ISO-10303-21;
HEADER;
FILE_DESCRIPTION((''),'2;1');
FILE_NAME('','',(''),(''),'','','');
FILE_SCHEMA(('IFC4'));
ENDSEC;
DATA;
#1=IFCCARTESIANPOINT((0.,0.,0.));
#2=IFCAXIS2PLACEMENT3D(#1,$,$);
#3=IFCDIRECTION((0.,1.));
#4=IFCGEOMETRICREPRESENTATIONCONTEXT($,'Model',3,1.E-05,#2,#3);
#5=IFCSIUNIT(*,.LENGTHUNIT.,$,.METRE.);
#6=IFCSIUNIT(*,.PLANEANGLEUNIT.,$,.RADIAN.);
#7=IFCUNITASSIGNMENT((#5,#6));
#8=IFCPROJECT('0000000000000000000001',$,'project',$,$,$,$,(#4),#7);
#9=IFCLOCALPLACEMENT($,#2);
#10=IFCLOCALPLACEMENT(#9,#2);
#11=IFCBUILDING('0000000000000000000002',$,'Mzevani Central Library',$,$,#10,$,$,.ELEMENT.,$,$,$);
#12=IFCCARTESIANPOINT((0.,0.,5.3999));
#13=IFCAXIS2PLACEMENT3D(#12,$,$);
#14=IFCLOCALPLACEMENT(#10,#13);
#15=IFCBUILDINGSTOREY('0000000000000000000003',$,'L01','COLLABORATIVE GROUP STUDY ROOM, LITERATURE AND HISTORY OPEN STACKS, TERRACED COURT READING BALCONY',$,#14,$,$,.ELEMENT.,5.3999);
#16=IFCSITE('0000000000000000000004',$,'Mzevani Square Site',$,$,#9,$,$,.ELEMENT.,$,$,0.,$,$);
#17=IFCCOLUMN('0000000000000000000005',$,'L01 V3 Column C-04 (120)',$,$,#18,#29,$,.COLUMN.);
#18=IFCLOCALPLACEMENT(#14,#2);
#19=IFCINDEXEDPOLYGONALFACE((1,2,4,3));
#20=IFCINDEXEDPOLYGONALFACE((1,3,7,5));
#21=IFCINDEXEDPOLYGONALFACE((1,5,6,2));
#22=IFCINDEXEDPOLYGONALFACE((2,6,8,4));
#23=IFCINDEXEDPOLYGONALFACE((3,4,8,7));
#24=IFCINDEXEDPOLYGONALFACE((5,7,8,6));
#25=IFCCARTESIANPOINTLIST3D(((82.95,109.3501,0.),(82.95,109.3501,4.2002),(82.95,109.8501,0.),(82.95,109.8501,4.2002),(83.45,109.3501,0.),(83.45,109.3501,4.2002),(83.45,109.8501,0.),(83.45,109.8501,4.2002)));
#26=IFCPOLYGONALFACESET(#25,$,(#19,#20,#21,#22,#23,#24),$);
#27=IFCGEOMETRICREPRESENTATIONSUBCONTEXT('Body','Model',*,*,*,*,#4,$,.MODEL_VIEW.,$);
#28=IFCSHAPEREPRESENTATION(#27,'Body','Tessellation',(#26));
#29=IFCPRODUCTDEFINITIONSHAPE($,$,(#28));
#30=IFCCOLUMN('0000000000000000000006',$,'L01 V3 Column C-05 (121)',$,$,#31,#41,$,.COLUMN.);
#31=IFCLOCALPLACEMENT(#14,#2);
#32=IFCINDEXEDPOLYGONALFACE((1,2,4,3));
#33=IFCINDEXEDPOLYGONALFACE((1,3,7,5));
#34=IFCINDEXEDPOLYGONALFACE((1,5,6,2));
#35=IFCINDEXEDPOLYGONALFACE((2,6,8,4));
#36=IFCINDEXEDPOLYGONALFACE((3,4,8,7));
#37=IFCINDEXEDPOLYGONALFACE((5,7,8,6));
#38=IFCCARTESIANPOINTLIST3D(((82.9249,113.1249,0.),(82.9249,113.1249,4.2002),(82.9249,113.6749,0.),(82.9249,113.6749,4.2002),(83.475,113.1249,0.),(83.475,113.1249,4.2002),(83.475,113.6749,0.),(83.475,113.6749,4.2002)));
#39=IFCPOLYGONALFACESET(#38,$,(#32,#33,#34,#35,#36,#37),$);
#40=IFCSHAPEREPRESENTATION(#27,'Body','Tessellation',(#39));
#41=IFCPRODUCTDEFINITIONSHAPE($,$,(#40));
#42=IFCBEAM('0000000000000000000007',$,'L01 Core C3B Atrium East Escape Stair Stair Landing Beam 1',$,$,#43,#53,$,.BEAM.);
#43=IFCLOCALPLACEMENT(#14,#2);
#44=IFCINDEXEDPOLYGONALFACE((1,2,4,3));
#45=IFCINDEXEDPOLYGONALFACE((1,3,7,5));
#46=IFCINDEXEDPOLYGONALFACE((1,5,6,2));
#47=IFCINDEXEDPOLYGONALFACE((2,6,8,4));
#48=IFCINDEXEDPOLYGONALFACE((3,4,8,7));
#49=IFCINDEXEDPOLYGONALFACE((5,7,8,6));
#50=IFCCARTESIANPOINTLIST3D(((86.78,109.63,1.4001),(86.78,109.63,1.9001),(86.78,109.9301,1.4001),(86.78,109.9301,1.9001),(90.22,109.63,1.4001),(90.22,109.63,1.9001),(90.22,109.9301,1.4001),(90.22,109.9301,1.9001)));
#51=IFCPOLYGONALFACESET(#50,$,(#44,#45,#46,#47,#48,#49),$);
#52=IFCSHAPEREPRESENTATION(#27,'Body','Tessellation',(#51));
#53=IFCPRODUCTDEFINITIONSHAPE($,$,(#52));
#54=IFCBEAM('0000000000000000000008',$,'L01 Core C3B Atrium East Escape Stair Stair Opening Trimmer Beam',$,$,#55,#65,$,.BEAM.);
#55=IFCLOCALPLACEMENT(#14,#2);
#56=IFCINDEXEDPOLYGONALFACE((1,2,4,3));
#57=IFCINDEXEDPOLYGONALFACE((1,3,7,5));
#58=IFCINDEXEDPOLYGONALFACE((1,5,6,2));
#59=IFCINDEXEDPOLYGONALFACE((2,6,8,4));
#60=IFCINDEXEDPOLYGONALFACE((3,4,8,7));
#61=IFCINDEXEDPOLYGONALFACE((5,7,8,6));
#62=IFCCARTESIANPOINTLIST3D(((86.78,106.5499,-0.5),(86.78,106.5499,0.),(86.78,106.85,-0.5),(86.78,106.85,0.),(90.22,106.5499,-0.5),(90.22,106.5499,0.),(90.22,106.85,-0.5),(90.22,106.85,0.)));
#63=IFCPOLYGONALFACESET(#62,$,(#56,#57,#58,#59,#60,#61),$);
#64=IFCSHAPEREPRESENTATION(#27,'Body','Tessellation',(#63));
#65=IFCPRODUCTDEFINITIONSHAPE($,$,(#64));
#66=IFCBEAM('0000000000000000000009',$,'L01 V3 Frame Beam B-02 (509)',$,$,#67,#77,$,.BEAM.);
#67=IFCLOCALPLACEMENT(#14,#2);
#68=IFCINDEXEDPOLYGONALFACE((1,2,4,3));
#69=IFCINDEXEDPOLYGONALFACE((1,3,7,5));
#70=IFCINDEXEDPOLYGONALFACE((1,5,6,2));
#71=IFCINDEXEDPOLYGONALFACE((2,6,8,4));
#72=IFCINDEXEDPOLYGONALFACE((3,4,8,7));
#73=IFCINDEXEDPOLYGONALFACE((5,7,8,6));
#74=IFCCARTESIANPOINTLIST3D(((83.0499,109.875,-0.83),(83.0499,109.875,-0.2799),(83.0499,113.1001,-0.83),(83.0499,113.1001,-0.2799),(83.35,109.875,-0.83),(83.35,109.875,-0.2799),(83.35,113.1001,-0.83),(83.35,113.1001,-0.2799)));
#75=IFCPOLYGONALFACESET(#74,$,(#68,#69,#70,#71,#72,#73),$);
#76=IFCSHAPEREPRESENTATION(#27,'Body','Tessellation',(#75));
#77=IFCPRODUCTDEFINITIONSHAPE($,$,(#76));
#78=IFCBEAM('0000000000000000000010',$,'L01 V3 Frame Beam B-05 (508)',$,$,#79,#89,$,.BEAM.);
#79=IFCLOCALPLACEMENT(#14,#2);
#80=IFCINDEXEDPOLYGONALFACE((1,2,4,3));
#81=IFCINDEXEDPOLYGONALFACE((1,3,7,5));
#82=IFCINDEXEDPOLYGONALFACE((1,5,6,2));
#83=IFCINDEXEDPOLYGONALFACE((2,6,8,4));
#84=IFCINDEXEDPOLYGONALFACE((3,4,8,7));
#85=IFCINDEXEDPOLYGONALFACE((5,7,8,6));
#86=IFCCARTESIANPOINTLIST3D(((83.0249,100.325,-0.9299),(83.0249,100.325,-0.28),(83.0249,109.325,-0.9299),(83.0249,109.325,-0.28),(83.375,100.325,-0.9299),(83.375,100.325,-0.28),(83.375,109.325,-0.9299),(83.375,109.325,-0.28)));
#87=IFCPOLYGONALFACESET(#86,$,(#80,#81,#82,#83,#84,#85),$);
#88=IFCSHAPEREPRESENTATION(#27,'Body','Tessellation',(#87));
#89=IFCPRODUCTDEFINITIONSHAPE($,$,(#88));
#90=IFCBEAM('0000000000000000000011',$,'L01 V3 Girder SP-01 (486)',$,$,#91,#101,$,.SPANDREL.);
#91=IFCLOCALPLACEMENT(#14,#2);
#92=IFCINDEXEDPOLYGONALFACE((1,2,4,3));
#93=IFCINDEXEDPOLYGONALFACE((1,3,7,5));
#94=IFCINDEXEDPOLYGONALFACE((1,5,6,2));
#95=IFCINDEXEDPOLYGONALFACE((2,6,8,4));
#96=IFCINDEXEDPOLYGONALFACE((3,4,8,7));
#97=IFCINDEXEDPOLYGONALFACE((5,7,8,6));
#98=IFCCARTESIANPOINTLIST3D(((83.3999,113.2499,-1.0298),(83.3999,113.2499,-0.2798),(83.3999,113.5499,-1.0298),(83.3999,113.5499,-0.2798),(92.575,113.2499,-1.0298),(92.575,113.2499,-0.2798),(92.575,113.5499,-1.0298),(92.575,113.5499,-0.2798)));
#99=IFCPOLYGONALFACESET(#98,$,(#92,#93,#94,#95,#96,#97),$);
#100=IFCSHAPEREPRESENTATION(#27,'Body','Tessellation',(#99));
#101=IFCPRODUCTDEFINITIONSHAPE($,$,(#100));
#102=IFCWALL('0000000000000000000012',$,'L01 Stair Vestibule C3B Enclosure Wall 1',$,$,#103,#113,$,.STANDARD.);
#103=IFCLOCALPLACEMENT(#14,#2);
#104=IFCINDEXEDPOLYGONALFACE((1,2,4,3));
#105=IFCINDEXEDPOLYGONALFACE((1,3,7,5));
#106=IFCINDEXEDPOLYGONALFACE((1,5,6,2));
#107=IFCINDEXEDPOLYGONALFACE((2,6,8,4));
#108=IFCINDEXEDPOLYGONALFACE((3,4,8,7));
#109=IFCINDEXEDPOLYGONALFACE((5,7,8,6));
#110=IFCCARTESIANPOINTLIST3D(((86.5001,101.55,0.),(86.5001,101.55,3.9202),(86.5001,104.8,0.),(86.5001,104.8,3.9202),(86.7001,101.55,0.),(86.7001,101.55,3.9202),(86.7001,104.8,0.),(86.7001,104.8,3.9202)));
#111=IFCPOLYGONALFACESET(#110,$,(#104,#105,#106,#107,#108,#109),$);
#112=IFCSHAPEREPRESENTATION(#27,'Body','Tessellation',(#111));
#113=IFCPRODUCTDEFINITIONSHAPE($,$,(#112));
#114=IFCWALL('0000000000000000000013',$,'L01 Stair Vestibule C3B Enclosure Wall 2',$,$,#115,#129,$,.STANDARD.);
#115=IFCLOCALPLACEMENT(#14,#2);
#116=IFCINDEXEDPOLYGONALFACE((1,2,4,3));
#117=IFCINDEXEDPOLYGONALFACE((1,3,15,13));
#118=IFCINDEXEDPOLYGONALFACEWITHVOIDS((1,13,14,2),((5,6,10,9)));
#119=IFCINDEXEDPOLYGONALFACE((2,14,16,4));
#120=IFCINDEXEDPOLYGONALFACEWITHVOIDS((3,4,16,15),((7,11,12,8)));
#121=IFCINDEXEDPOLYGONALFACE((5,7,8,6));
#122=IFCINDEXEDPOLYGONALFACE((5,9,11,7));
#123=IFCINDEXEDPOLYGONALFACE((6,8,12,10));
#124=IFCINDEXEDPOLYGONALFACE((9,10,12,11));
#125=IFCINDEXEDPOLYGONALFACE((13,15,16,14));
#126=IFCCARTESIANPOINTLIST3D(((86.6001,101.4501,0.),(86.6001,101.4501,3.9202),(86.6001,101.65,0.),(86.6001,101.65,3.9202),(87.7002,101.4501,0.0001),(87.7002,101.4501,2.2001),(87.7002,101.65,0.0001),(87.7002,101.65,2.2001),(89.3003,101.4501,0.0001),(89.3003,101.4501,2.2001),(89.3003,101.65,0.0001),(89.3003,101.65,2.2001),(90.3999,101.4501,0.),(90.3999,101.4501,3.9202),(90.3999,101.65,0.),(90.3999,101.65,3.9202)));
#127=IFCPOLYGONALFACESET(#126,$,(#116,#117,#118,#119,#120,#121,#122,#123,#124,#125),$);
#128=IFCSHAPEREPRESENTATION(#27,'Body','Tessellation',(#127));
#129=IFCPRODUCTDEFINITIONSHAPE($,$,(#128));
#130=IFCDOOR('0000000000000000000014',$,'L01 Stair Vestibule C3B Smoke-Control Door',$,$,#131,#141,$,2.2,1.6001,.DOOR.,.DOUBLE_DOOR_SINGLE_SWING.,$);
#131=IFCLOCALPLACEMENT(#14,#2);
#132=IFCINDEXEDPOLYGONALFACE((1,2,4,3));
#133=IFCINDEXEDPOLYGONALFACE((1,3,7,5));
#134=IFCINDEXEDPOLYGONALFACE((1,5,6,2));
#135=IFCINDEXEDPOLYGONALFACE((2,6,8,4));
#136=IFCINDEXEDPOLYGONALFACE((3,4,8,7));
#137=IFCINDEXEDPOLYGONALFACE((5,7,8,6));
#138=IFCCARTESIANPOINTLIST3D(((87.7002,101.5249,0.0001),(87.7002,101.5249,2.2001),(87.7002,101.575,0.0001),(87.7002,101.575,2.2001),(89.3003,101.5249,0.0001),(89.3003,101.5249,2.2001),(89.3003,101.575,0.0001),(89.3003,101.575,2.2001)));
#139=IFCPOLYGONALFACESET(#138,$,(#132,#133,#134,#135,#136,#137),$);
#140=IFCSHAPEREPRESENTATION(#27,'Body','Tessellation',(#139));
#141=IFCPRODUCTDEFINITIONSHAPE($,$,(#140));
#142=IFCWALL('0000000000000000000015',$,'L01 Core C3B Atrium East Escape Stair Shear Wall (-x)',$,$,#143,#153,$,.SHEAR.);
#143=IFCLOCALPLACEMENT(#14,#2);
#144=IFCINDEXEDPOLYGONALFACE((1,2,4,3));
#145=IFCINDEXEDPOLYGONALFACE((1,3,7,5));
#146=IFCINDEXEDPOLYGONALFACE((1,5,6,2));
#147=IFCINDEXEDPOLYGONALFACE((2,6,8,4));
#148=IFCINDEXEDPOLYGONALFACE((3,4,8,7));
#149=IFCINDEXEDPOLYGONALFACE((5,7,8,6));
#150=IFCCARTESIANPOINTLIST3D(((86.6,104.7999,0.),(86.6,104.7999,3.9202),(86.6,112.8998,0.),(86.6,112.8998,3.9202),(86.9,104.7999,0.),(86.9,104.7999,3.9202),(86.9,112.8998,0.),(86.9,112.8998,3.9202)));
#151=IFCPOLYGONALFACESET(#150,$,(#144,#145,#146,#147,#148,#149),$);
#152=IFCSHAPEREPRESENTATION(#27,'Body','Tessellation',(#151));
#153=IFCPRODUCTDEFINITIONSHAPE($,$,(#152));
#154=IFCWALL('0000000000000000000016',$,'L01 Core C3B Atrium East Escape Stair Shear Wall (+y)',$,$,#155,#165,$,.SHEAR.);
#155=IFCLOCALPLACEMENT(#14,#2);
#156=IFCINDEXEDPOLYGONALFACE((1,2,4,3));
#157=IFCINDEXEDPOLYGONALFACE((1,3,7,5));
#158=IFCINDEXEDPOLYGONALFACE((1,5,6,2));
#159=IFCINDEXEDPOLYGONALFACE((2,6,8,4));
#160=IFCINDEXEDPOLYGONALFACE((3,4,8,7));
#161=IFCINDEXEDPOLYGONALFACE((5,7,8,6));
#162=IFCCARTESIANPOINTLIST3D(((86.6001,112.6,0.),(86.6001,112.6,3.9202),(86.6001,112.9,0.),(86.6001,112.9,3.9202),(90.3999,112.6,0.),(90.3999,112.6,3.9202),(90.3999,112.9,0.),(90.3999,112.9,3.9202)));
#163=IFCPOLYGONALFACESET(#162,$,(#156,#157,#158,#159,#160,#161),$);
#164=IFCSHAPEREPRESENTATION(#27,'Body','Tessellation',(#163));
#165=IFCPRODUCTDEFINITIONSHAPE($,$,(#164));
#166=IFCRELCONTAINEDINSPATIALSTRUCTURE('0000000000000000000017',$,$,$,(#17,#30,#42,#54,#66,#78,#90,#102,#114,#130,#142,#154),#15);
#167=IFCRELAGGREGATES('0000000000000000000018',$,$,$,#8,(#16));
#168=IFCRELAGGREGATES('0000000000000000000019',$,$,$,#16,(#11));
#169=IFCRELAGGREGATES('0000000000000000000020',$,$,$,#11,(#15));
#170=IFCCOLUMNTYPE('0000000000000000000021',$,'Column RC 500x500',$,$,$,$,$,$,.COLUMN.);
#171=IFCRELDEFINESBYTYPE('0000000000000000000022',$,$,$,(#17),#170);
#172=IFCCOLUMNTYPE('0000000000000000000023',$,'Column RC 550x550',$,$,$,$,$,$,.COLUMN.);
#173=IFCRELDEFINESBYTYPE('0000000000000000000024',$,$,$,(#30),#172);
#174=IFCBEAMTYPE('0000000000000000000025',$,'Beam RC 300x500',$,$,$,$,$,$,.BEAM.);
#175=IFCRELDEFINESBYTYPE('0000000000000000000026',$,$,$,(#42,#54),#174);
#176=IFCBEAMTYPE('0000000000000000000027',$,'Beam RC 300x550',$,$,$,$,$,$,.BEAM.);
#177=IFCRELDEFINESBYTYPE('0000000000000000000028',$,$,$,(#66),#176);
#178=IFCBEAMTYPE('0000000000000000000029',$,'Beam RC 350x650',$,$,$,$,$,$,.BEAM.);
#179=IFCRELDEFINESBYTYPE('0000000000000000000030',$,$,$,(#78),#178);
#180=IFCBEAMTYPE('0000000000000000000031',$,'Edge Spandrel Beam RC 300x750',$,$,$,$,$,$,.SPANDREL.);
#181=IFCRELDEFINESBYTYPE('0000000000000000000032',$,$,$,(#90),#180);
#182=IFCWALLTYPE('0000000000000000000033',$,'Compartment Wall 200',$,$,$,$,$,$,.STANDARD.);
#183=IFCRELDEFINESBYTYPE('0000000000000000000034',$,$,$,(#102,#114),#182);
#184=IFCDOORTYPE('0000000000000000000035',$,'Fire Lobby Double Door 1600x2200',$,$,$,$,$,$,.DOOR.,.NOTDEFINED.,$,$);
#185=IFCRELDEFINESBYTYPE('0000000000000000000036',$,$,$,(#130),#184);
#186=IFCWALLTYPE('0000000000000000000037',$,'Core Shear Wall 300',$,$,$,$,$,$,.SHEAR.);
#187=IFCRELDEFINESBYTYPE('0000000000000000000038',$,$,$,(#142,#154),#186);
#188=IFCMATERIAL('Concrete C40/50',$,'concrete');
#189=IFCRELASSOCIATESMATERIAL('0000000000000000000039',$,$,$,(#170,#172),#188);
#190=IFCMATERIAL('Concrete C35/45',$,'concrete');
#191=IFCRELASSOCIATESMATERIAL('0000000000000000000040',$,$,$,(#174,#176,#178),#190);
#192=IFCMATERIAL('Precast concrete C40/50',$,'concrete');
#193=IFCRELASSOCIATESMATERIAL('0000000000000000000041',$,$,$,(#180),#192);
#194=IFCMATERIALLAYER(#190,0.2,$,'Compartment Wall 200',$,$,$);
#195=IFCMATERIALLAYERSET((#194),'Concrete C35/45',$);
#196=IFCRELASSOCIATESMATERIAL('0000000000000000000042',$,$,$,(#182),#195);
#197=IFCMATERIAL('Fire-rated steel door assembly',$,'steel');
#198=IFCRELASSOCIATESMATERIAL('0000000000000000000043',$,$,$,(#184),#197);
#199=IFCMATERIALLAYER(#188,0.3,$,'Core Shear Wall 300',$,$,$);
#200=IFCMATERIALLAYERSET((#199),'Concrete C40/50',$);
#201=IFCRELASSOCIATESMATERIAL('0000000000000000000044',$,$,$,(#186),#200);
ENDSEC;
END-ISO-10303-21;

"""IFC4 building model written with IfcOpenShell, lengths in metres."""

from ifc_helpers import new_model, si_unit, direction, frame, frame_2d, origin, origin_2d, place, context, subcontext, project, spatial, rectangle, extrude, material, layer, layer_set, material_profile, profile_set, type_object, element, fill, save


model = new_model("IFC4")

# Units and contexts
model_context = context("Model", 3, precision=1e-05, world=origin(), true_north=direction((0.0, 1.0)))
body_context = subcontext(model_context, "Body", "Model", "MODEL_VIEW")
ifc_project = project(units=[si_unit("LENGTHUNIT", "METRE"), si_unit("PLANEANGLEUNIT", "RADIAN")], contexts=[model_context])

# Site, building, storey
site_placement = place(None, origin())
site = spatial("IfcSite", under=ifc_project, at=site_placement, Name="Mzevani Square Site", CompositionType="ELEMENT", RefElevation=0.0)
building_placement = place(site_placement, origin())
building = spatial("IfcBuilding", under=site, at=building_placement, Name="Mzevani Central Library", CompositionType="ELEMENT")
storey_placement = place(building_placement, frame((0.0, 0.0, 5.3999)))
storey = spatial("IfcBuildingStorey", under=building, at=storey_placement, Name="L01", Description="COLLABORATIVE GROUP STUDY ROOM, LITERATURE AND HISTORY OPEN STACKS, TERRACED COURT READING BALCONY", CompositionType="ELEMENT", Elevation=5.3999)

# Columns
ifc_material_1 = material(Name="Concrete C40/50", Category="concrete")
ifc_material_profile_1 = material_profile(ifc_material_1, rectangle(XDim=0.5, YDim=0.5, at=origin_2d()), Name="RC 500x500")
ifc_profile_set_1 = profile_set([ifc_material_profile_1], Name="Concrete C40/50")
column_type_1 = type_object("IfcColumnType", Name="Column RC 500x500", PredefinedType="COLUMN", material=ifc_profile_set_1)
column_1_placement = place(storey_placement, frame((83.2, 109.6001, 0.0), z_axis=(0.0, 0.0, 1.0), x_axis=(1.0, 0.0, 0.0)))
element("IfcColumn", 1, at=column_1_placement, inside=storey, type_object=column_type_1, Name="L01 V3 Column C-04 (120)", PredefinedType="COLUMN", context=body_context, shape_type="SweptSolid", body=[
    extrude(rectangle(XDim=0.5, YDim=0.5, at=origin_2d()), origin(), (0.0, 0.0, 1.0), 4.2002),
])
ifc_material_profile_2 = material_profile(ifc_material_1, rectangle(XDim=0.55, YDim=0.55, at=origin_2d()), Name="RC 550x550")
ifc_profile_set_2 = profile_set([ifc_material_profile_2], Name="Concrete C40/50")
column_type_2 = type_object("IfcColumnType", Name="Column RC 550x550", PredefinedType="COLUMN", material=ifc_profile_set_2)
column_2_placement = place(storey_placement, frame((83.2, 113.3999, 0.0), z_axis=(0.0, 0.0, 1.0), x_axis=(1.0, 0.0, 0.0)))
element("IfcColumn", 2, at=column_2_placement, inside=storey, type_object=column_type_2, Name="L01 V3 Column C-05 (121)", PredefinedType="COLUMN", context=body_context, shape_type="SweptSolid", body=[
    extrude(rectangle(XDim=0.55, YDim=0.55, at=origin_2d()), origin(), (0.0, 0.0, 1.0), 4.2002),
])

# Beams
ifc_material_2 = material(Name="Concrete C35/45", Category="concrete")
ifc_material_profile_3 = material_profile(ifc_material_2, rectangle(XDim=0.3, YDim=0.5, at=origin_2d()), Name="RC B300x500")
ifc_profile_set_3 = profile_set([ifc_material_profile_3], Name="Concrete C35/45")
beam_type_1 = type_object("IfcBeamType", Name="Beam RC 300x500", PredefinedType="BEAM", material=ifc_profile_set_3)
for number, where, z_axis, x_axis, name in (
    (3, (86.78, 109.78, 1.6501), (1.0, 0.0, 0.0), (0.0, 1.0, 0.0), "L01 Core C3B Atrium East Escape Stair Stair Landing Beam 1"),
    (4, (86.78, 106.7, -0.25), (1.0, 0.0, 0.0), (0.0, 1.0, 0.0), "L01 Core C3B Atrium East Escape Stair Stair Opening Trimmer Beam"),
):
    element("IfcBeam", number, at=place(storey_placement, frame(where, z_axis=z_axis, x_axis=x_axis)), inside=storey, type_object=beam_type_1, Name=name, PredefinedType="BEAM", context=body_context, shape_type="SweptSolid", body=[
        extrude(rectangle(XDim=0.3, YDim=0.5, at=origin_2d()), origin(), (0.0, 0.0, 1.0), 3.4399),
    ])
ifc_material_profile_4 = material_profile(ifc_material_2, rectangle(XDim=0.3, YDim=0.55, at=origin_2d()), Name="RC B300x550")
ifc_profile_set_4 = profile_set([ifc_material_profile_4], Name="Concrete C35/45")
beam_type_2 = type_object("IfcBeamType", Name="Beam RC 300x550", PredefinedType="BEAM", material=ifc_profile_set_4)
beam_1_placement = place(storey_placement, frame((83.2, 109.875, -0.5549), z_axis=(0.0, 1.0, 0.0), x_axis=(-1.0, 0.0, 0.0)))
element("IfcBeam", 5, at=beam_1_placement, inside=storey, type_object=beam_type_2, Name="L01 V3 Frame Beam B-02 (509)", PredefinedType="BEAM", context=body_context, shape_type="SweptSolid", body=[
    extrude(rectangle(XDim=0.3, YDim=0.55, at=origin_2d()), origin(), (0.0, 0.0, 1.0), 3.2251),
])
ifc_material_profile_5 = material_profile(ifc_material_2, rectangle(XDim=0.3501, YDim=0.6499, at=origin_2d()), Name="RC B350x650")
ifc_profile_set_5 = profile_set([ifc_material_profile_5], Name="Concrete C35/45")
beam_type_3 = type_object("IfcBeamType", Name="Beam RC 350x650", PredefinedType="BEAM", material=ifc_profile_set_5)
beam_2_placement = place(storey_placement, frame((83.2, 100.325, -0.605), z_axis=(0.0, 1.0, 0.0), x_axis=(-1.0, 0.0, 0.0)))
element("IfcBeam", 6, at=beam_2_placement, inside=storey, type_object=beam_type_3, Name="L01 V3 Frame Beam B-05 (508)", PredefinedType="BEAM", context=body_context, shape_type="SweptSolid", body=[
    extrude(rectangle(XDim=0.3501, YDim=0.6499, at=origin_2d()), origin(), (0.0, 0.0, 1.0), 9.0),
])
ifc_material_3 = material(Name="Precast concrete C40/50", Category="concrete")
ifc_material_profile_6 = material_profile(ifc_material_3, rectangle(XDim=0.3, YDim=0.75, at=origin_2d()), Name="RC SP300x750")
ifc_profile_set_6 = profile_set([ifc_material_profile_6], Name="Precast concrete C40/50")
beam_type_4 = type_object("IfcBeamType", Name="Edge Spandrel Beam RC 300x750", PredefinedType="SPANDREL", material=ifc_profile_set_6)
beam_3_placement = place(storey_placement, frame((83.3999, 113.3999, -0.6548), z_axis=(1.0, 0.0, 0.0), x_axis=(0.0, 1.0, 0.0)))
element("IfcBeam", 7, at=beam_3_placement, inside=storey, type_object=beam_type_4, Name="L01 V3 Girder SP-01 (486)", PredefinedType="SPANDREL", context=body_context, shape_type="SweptSolid", body=[
    extrude(rectangle(XDim=0.3, YDim=0.75, at=origin_2d()), origin(), (0.0, 0.0, 1.0), 9.175),
])

# Wall
ifc_layer_1 = layer(ifc_material_2, 0.2, Name="Compartment Wall 200")
ifc_layer_set_1 = layer_set([ifc_layer_1], Name="Concrete C35/45")
wall_type_1 = type_object("IfcWallType", Name="Compartment Wall 200", PredefinedType="STANDARD", material=ifc_layer_set_1)
wall_1_placement = place(storey_placement, frame((86.6001, 104.8, 0.0), z_axis=(0.0, 0.0, 1.0), x_axis=(0.0, -1.0, 0.0)))
element("IfcWall", 8, at=wall_1_placement, inside=storey, type_object=wall_type_1, Name="L01 Stair Vestibule C3B Enclosure Wall 1", PredefinedType="STANDARD", context=body_context, shape_type="SweptSolid", body=[
    extrude(rectangle(XDim=3.25, YDim=0.2, at=frame_2d((1.625, 0.0))), origin(), (0.0, 0.0, 1.0), 3.9202),
])

# Wall, opening, door
wall_2_placement = place(storey_placement, frame((86.6001, 101.55, 0.0), z_axis=(0.0, 0.0, 1.0), x_axis=(1.0, 0.0, 0.0)))
wall_2 = element("IfcWall", 9, at=wall_2_placement, inside=storey, type_object=wall_type_1, Name="L01 Stair Vestibule C3B Enclosure Wall 2", PredefinedType="STANDARD", context=body_context, shape_type="SweptSolid", body=[
    extrude(rectangle(XDim=3.7998, YDim=0.2, at=frame_2d((1.8999, 0.0))), origin(), (0.0, 0.0, 1.0), 3.9202),
])
opening_1_placement = place(wall_2_placement, frame((1.1001, 0.0, 0.0)))
opening_1 = element("IfcOpeningElement", 10, at=opening_1_placement, cuts=wall_2, PredefinedType="OPENING", context=body_context, shape_type="SweptSolid", body=[
    extrude(rectangle(XDim=1.6001, YDim=2.2, at=frame_2d((0.8, 1.1001))), frame((0.0, 0.1099, 0.0), z_axis=(0.0, -1.0, 0.0), x_axis=(1.0, 0.0, 0.0)), (0.0, 0.0, 1.0), 0.22),
])
ifc_material_4 = material(Name="Fire-rated steel door assembly", Category="steel")
door_type_1 = type_object("IfcDoorType", Name="Fire Lobby Double Door 1600x2200", OperationType="NOTDEFINED", PredefinedType="DOOR", material=ifc_material_4)
door_1_placement = place(opening_1_placement, origin())
door_1 = element("IfcDoor", 11, at=door_1_placement, inside=storey, type_object=door_type_1, Name="L01 Stair Vestibule C3B Smoke-Control Door", OperationType="DOUBLE_DOOR_SINGLE_SWING", OverallHeight=2.2, OverallWidth=1.6001, PredefinedType="DOOR", context=body_context, shape_type="SweptSolid", body=[
    extrude(rectangle(XDim=1.6001, YDim=2.2, at=frame_2d((0.8, 1.1001))), frame((0.0, 0.0249, 0.0), z_axis=(0.0, -1.0, 0.0), x_axis=(1.0, 0.0, 0.0)), (0.0, 0.0, 1.0), 0.05),
])
fill(opening_1, door_1)

# Walls
ifc_layer_2 = layer(ifc_material_1, 0.3, Name="Core Shear Wall 300")
ifc_layer_set_2 = layer_set([ifc_layer_2], Name="Concrete C40/50")
wall_type_2 = type_object("IfcWallType", Name="Core Shear Wall 300", PredefinedType="SHEAR", material=ifc_layer_set_2)
wall_3_placement = place(storey_placement, frame((86.75, 104.8, 0.0), z_axis=(0.0, 0.0, 1.0), x_axis=(0.0, 1.0, 0.0)))
element("IfcWall", 12, at=wall_3_placement, inside=storey, type_object=wall_type_2, Name="L01 Core C3B Atrium East Escape Stair Shear Wall (-x)", PredefinedType="SHEAR", context=body_context, shape_type="SweptSolid", body=[
    extrude(rectangle(XDim=8.0999, YDim=0.3, at=frame_2d((4.0498, 0.0))), origin(), (0.0, 0.0, 1.0), 3.9202),
])
wall_4_placement = place(storey_placement, frame((86.6001, 112.75, 0.0), z_axis=(0.0, 0.0, 1.0), x_axis=(1.0, 0.0, 0.0)))
element("IfcWall", 13, at=wall_4_placement, inside=storey, type_object=wall_type_2, Name="L01 Core C3B Atrium East Escape Stair Shear Wall (+y)", PredefinedType="SHEAR", context=body_context, shape_type="SweptSolid", body=[
    extrude(rectangle(XDim=3.7998, YDim=0.3, at=frame_2d((1.8999, 0.0))), origin(), (0.0, 0.0, 1.0), 3.9202),
])

save(model, "model.ifc")
